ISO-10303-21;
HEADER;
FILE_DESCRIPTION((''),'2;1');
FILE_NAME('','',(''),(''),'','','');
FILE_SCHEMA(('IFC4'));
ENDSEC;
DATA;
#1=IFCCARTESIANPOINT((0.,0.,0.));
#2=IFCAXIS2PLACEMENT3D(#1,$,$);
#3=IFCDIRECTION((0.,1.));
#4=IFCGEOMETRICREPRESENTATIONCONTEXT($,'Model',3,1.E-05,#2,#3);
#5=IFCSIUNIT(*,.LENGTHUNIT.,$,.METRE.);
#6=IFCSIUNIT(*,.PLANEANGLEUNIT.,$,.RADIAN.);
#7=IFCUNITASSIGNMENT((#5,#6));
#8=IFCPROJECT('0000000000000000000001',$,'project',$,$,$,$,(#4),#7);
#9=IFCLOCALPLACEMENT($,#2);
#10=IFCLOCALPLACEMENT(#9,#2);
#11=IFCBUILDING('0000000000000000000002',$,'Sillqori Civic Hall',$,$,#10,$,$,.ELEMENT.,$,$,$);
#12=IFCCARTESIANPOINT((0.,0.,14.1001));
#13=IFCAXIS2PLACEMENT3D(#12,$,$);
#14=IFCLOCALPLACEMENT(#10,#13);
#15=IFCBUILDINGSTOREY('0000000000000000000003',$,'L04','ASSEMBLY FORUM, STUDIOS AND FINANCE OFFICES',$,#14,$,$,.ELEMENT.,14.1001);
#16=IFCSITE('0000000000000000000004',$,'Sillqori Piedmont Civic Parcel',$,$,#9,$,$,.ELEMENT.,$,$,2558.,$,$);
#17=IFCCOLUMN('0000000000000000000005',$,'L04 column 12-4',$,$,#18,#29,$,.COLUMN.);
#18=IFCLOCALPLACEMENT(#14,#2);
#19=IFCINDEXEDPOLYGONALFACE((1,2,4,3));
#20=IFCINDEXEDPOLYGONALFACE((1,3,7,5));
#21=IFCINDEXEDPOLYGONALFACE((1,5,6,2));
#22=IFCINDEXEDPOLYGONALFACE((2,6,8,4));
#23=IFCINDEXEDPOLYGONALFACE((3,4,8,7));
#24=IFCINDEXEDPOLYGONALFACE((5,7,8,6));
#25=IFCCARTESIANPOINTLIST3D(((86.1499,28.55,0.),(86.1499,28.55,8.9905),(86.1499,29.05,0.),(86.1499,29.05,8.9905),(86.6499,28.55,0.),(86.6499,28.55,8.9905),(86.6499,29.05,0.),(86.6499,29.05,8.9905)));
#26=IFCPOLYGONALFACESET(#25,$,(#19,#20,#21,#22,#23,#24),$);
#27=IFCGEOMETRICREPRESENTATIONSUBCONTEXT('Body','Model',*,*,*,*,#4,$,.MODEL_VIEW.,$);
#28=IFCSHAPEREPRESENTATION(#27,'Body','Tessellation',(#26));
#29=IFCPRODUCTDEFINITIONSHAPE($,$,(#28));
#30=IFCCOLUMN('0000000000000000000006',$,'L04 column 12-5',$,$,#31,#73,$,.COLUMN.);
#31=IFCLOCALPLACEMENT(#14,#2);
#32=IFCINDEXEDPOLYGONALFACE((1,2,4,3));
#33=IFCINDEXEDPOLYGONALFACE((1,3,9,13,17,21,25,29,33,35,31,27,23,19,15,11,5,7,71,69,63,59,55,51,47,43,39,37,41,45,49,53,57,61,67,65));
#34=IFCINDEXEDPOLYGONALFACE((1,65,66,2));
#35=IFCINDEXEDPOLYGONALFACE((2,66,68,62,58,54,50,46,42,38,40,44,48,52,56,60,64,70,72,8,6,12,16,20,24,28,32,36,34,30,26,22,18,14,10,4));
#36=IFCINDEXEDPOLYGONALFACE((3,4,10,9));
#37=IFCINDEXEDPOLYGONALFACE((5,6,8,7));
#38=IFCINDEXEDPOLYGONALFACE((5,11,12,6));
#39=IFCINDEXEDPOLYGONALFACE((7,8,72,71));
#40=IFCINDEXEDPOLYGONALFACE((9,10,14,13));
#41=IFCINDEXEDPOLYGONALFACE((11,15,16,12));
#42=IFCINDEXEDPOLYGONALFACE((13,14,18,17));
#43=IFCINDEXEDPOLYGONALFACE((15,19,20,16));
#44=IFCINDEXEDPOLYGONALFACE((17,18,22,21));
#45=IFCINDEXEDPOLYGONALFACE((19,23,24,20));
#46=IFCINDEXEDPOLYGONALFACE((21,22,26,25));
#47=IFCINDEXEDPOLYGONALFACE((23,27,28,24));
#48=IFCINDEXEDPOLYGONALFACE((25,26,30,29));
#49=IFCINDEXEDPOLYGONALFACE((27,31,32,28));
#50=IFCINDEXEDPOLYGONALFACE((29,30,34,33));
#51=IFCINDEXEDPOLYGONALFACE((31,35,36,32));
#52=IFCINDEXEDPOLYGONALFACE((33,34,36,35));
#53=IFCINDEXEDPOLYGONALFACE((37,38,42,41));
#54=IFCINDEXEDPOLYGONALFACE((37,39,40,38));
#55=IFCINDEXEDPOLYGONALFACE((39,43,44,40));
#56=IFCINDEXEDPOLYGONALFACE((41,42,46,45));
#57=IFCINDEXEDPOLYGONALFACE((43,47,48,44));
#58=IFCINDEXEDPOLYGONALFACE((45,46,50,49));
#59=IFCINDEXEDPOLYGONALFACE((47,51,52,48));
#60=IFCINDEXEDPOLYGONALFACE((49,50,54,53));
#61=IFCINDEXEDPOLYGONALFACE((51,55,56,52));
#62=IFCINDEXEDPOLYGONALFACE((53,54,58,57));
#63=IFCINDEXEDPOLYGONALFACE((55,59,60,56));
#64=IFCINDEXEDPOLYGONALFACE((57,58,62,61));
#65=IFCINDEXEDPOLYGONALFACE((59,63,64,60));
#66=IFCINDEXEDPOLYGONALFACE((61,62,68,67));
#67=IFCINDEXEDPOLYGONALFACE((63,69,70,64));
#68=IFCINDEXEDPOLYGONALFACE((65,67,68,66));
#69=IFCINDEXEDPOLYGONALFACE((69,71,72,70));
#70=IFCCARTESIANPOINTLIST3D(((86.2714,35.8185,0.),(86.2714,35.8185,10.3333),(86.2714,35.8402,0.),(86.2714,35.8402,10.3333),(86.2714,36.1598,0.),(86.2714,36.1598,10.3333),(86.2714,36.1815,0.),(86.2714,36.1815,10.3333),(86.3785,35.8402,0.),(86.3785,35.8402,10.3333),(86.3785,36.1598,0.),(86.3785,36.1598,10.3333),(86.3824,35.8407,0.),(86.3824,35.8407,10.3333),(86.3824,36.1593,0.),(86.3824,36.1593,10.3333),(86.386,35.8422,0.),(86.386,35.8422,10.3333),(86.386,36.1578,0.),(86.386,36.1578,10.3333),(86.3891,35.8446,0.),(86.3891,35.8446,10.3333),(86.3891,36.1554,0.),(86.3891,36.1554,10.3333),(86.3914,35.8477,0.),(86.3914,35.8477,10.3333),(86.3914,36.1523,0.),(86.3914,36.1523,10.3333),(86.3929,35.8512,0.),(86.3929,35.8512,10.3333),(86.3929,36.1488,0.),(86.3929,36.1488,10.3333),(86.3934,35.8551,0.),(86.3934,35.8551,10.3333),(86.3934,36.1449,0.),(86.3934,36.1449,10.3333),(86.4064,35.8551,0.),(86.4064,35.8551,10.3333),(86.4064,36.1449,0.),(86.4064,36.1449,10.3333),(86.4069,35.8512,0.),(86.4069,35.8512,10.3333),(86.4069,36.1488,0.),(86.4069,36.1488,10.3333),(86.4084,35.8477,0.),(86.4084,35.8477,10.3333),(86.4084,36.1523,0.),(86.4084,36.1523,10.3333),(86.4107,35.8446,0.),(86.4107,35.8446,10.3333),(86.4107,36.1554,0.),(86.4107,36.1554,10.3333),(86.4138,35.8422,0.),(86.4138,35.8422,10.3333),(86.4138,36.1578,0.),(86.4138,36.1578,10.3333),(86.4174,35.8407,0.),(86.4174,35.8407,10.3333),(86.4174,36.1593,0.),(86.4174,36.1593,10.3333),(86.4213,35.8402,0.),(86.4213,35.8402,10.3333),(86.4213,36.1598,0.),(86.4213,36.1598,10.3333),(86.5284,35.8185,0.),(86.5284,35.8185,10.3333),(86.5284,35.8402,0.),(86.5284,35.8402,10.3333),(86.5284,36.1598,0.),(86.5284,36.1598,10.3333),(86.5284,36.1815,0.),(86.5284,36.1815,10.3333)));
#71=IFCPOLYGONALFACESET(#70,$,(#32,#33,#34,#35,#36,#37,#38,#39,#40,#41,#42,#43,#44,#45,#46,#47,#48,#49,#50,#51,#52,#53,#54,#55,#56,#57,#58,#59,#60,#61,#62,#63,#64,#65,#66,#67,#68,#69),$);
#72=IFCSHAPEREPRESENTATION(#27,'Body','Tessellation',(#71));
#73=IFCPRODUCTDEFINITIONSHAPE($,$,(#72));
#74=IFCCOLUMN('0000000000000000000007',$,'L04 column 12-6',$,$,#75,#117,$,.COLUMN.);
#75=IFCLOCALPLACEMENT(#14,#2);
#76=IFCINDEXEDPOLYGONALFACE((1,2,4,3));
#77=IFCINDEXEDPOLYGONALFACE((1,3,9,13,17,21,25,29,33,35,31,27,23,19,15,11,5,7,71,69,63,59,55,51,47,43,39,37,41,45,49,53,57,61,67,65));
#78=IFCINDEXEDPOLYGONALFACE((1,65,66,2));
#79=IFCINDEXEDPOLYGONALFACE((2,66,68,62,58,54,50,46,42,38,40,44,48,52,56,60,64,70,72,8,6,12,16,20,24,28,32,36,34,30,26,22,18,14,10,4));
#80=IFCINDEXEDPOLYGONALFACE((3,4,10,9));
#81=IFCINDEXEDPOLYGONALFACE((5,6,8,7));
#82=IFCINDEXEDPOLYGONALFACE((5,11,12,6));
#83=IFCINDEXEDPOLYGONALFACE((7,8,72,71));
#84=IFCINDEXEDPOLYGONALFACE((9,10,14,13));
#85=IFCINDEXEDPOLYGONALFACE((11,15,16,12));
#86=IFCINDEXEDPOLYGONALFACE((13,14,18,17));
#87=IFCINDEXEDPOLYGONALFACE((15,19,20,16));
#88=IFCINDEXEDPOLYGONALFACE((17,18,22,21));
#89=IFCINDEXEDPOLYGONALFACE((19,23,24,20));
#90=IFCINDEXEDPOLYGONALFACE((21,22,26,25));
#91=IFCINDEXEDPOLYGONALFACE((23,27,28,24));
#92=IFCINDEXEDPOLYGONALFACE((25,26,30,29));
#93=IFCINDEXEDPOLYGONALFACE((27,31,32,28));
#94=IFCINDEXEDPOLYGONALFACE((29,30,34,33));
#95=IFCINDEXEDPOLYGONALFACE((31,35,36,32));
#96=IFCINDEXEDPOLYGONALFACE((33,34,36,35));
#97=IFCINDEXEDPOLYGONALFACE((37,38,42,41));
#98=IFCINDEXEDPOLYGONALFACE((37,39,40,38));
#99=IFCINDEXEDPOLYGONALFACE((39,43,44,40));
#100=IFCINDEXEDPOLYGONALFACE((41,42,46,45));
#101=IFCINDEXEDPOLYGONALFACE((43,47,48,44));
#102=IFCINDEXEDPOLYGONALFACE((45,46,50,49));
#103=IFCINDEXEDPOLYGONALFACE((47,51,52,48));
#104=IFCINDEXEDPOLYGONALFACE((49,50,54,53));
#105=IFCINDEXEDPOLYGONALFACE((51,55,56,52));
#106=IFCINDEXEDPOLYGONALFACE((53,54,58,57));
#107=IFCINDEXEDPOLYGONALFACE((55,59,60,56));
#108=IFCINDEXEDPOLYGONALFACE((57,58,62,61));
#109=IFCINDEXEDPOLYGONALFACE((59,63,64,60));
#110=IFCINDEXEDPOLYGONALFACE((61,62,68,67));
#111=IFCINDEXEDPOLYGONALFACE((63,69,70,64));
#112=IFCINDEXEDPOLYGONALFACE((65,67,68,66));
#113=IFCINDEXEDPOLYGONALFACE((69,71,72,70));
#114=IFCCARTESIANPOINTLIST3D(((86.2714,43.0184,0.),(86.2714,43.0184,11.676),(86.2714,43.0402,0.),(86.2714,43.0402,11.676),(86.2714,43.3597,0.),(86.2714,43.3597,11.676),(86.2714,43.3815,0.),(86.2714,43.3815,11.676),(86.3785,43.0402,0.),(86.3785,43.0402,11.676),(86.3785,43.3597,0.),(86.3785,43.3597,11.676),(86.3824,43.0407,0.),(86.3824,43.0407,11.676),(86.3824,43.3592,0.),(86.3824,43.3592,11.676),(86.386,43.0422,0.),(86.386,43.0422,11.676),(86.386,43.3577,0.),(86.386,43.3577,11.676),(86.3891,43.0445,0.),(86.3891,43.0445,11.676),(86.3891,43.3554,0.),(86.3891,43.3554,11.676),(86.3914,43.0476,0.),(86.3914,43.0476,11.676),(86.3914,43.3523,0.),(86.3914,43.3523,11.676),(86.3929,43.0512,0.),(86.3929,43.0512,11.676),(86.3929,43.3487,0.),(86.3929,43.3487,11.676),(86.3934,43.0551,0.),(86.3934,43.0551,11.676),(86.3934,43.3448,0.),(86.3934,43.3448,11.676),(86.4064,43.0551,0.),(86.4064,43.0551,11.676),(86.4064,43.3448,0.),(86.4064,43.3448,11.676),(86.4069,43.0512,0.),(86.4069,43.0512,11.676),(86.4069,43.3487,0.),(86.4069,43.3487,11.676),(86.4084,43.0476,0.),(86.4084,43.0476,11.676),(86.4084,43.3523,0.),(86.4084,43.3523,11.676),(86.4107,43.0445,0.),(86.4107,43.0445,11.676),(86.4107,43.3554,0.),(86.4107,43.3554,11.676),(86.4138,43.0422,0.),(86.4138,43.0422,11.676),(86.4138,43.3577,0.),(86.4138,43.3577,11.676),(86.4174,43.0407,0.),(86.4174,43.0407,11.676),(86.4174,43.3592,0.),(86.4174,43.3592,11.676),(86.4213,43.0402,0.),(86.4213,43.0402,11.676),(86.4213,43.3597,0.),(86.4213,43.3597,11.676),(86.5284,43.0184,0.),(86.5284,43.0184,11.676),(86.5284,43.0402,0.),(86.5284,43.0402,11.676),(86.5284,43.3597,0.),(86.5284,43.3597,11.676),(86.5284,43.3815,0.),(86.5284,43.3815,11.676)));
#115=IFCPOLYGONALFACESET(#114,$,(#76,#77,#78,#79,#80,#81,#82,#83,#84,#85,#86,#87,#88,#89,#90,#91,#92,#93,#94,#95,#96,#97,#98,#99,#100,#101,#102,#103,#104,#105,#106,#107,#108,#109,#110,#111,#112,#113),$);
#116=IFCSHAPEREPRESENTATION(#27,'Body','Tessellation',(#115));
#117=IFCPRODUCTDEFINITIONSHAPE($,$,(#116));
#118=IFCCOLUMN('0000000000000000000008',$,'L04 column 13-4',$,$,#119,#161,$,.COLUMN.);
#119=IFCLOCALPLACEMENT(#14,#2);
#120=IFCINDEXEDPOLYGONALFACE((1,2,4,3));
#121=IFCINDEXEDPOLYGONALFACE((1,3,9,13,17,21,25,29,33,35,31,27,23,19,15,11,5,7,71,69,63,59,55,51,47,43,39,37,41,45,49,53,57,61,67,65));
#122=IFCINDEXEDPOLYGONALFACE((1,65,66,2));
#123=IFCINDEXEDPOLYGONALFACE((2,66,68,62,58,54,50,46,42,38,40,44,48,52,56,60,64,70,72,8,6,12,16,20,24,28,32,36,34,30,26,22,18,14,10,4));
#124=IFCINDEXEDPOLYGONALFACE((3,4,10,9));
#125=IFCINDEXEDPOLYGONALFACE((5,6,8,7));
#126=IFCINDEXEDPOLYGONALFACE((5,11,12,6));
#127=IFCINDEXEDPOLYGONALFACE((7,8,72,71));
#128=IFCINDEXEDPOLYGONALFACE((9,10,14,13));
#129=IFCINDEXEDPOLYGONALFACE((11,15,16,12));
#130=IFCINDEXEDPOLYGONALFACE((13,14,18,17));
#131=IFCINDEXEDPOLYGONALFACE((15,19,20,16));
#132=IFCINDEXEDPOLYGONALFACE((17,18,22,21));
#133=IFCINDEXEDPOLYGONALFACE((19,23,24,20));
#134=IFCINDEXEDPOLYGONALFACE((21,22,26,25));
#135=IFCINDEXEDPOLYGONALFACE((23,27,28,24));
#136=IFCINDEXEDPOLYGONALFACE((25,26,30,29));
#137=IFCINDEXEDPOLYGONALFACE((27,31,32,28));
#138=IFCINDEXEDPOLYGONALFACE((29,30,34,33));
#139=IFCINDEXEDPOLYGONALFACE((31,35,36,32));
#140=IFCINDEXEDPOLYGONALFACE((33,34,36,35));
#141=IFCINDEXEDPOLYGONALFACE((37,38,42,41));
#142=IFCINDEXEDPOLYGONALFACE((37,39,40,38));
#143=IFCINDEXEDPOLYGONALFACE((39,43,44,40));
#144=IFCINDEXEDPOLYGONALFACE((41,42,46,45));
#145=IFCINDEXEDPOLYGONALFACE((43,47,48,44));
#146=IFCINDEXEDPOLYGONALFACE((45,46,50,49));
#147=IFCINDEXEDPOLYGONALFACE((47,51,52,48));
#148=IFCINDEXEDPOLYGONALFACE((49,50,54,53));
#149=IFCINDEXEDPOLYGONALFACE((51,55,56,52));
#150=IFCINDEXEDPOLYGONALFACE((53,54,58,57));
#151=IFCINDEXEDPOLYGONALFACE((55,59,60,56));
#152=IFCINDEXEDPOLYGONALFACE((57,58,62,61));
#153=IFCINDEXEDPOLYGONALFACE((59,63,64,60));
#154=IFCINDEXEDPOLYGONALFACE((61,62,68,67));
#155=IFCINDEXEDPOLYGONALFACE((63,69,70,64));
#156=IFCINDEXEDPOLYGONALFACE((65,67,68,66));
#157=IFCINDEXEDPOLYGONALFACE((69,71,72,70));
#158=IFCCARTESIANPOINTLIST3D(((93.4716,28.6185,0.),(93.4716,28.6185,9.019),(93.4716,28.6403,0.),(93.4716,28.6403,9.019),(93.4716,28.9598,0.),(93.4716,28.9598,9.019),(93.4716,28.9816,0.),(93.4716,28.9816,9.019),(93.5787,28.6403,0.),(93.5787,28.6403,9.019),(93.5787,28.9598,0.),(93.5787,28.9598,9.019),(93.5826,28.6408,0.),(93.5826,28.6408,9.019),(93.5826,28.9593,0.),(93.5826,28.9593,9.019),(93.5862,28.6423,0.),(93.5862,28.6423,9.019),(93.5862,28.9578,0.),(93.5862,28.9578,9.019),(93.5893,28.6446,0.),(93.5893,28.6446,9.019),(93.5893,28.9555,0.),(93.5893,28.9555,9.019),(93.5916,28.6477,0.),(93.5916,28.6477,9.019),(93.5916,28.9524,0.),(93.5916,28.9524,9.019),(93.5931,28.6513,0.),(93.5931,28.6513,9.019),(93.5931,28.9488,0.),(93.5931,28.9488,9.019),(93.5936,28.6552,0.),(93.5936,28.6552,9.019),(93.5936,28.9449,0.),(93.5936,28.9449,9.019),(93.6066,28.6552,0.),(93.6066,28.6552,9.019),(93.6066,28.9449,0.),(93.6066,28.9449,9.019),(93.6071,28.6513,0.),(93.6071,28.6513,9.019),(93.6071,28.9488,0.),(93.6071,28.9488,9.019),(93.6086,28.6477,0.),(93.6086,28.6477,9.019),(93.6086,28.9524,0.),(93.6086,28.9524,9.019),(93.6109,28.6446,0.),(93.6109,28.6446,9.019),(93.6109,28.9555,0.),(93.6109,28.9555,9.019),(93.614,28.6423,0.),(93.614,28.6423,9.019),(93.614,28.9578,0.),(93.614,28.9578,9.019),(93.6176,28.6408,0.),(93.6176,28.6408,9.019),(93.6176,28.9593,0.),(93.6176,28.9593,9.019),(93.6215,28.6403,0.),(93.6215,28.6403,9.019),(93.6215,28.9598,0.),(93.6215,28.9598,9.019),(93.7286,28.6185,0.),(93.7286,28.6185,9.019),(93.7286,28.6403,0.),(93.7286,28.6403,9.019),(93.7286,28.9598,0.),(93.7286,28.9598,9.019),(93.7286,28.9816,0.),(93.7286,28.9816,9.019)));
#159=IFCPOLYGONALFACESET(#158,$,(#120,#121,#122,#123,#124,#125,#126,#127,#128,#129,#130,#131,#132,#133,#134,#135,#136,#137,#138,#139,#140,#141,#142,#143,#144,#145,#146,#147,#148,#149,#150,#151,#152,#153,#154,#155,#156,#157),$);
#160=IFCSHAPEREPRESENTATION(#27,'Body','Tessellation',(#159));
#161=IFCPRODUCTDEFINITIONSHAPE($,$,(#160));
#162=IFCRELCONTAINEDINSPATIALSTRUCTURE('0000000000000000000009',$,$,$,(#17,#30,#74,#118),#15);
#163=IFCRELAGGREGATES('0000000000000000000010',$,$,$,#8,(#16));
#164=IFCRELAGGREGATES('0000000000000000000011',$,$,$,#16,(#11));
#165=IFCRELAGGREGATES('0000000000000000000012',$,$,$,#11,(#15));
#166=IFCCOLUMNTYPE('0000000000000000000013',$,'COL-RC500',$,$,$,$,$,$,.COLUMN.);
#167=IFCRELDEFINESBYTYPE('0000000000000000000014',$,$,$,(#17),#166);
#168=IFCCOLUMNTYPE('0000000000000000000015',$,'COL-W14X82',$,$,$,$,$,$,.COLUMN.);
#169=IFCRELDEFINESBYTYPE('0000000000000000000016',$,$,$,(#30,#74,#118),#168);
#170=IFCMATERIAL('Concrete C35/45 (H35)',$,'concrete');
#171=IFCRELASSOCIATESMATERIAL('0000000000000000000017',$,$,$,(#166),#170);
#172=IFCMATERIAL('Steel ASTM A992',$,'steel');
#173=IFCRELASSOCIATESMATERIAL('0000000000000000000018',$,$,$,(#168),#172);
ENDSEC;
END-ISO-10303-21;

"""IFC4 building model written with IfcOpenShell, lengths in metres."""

from ifc_helpers import new_model, si_unit, direction, frame, origin, origin_2d, place, context, subcontext, project, spatial, rectangle, i_section, extrude, material, material_profile, profile_set, type_object, element, save


model = new_model("IFC4")

# Units and contexts
model_context = context("Model", 3, precision=1e-05, world=origin(), true_north=direction((0.0, 1.0)))
body_context = subcontext(model_context, "Body", "Model", "MODEL_VIEW")
ifc_project = project(units=[si_unit("LENGTHUNIT", "METRE"), si_unit("PLANEANGLEUNIT", "RADIAN")], contexts=[model_context])

# Site, building, storey
site_placement = place(None, origin())
site = spatial("IfcSite", under=ifc_project, at=site_placement, Name="Sillqori Piedmont Civic Parcel", CompositionType="ELEMENT", RefElevation=2558.0)
building_placement = place(site_placement, origin())
building = spatial("IfcBuilding", under=site, at=building_placement, Name="Sillqori Civic Hall", CompositionType="ELEMENT")
storey_placement = place(building_placement, frame((0.0, 0.0, 14.1001)))
storey = spatial("IfcBuildingStorey", under=building, at=storey_placement, Name="L04", Description="ASSEMBLY FORUM, STUDIOS AND FINANCE OFFICES", CompositionType="ELEMENT", Elevation=14.1001)

# Columns
ifc_material_1 = material(Name="Concrete C35/45 (H35)", Category="concrete")
ifc_material_profile_1 = material_profile(ifc_material_1, rectangle(XDim=0.5, YDim=0.5, at=origin_2d()), Name="RC 500x500")
ifc_profile_set_1 = profile_set([ifc_material_profile_1], Name="Concrete C35/45 (H35)")
column_type_1 = type_object("IfcColumnType", Name="COL-RC500", PredefinedType="COLUMN", material=ifc_profile_set_1)
column_1_placement = place(storey_placement, frame((86.3999, 28.8, 0.0), z_axis=(0.0, 0.0, 1.0), x_axis=(1.0, 0.0, 0.0)))
element("IfcColumn", 1, at=column_1_placement, inside=storey, type_object=column_type_1, Name="L04 column 12-4", PredefinedType="COLUMN", context=body_context, shape_type="SweptSolid", body=[
    extrude(rectangle(XDim=0.5, YDim=0.5, at=origin_2d()), origin(), (0.0, 0.0, 1.0), 8.9905),
])
ifc_material_2 = material(Name="Steel ASTM A992", Category="steel")
ifc_material_profile_2 = material_profile(ifc_material_2, i_section(OverallWidth=0.2571, OverallDepth=0.363, WebThickness=0.0129, FlangeThickness=0.0217, FilletRadius=0.0149, at=origin_2d()), Name="W14X82")
ifc_profile_set_2 = profile_set([ifc_material_profile_2], Name="Steel ASTM A992")
column_type_2 = type_object("IfcColumnType", Name="COL-W14X82", PredefinedType="COLUMN", material=ifc_profile_set_2)
column_2_placement = place(storey_placement, frame((86.3999, 36.0, 0.0), z_axis=(0.0, 0.0, 1.0), x_axis=(1.0, 0.0, 0.0)))
element("IfcColumn", 2, at=column_2_placement, inside=storey, type_object=column_type_2, Name="L04 column 12-5", PredefinedType="COLUMN", context=body_context, shape_type="SweptSolid", body=[
    extrude(i_section(OverallWidth=0.2571, OverallDepth=0.363, WebThickness=0.0129, FlangeThickness=0.0217, FilletRadius=0.0149, at=origin_2d()), origin(), (0.0, 0.0, 1.0), 10.3333),
])
column_3_placement = place(storey_placement, frame((86.3999, 43.2, 0.0), z_axis=(0.0, 0.0, 1.0), x_axis=(1.0, 0.0, 0.0)))
element("IfcColumn", 3, at=column_3_placement, inside=storey, type_object=column_type_2, Name="L04 column 12-6", PredefinedType="COLUMN", context=body_context, shape_type="SweptSolid", body=[
    extrude(i_section(OverallWidth=0.2571, OverallDepth=0.363, WebThickness=0.0129, FlangeThickness=0.0217, FilletRadius=0.0149, at=origin_2d()), origin(), (0.0, 0.0, 1.0), 11.676),
])
column_4_placement = place(storey_placement, frame((93.6001, 28.8, 0.0), z_axis=(0.0, 0.0, 1.0), x_axis=(1.0, 0.0, 0.0)))
element("IfcColumn", 4, at=column_4_placement, inside=storey, type_object=column_type_2, Name="L04 column 13-4", PredefinedType="COLUMN", context=body_context, shape_type="SweptSolid", body=[
    extrude(i_section(OverallWidth=0.2571, OverallDepth=0.363, WebThickness=0.0129, FlangeThickness=0.0217, FilletRadius=0.0149, at=origin_2d()), origin(), (0.0, 0.0, 1.0), 9.019),
])

save(model, "model.ifc")
